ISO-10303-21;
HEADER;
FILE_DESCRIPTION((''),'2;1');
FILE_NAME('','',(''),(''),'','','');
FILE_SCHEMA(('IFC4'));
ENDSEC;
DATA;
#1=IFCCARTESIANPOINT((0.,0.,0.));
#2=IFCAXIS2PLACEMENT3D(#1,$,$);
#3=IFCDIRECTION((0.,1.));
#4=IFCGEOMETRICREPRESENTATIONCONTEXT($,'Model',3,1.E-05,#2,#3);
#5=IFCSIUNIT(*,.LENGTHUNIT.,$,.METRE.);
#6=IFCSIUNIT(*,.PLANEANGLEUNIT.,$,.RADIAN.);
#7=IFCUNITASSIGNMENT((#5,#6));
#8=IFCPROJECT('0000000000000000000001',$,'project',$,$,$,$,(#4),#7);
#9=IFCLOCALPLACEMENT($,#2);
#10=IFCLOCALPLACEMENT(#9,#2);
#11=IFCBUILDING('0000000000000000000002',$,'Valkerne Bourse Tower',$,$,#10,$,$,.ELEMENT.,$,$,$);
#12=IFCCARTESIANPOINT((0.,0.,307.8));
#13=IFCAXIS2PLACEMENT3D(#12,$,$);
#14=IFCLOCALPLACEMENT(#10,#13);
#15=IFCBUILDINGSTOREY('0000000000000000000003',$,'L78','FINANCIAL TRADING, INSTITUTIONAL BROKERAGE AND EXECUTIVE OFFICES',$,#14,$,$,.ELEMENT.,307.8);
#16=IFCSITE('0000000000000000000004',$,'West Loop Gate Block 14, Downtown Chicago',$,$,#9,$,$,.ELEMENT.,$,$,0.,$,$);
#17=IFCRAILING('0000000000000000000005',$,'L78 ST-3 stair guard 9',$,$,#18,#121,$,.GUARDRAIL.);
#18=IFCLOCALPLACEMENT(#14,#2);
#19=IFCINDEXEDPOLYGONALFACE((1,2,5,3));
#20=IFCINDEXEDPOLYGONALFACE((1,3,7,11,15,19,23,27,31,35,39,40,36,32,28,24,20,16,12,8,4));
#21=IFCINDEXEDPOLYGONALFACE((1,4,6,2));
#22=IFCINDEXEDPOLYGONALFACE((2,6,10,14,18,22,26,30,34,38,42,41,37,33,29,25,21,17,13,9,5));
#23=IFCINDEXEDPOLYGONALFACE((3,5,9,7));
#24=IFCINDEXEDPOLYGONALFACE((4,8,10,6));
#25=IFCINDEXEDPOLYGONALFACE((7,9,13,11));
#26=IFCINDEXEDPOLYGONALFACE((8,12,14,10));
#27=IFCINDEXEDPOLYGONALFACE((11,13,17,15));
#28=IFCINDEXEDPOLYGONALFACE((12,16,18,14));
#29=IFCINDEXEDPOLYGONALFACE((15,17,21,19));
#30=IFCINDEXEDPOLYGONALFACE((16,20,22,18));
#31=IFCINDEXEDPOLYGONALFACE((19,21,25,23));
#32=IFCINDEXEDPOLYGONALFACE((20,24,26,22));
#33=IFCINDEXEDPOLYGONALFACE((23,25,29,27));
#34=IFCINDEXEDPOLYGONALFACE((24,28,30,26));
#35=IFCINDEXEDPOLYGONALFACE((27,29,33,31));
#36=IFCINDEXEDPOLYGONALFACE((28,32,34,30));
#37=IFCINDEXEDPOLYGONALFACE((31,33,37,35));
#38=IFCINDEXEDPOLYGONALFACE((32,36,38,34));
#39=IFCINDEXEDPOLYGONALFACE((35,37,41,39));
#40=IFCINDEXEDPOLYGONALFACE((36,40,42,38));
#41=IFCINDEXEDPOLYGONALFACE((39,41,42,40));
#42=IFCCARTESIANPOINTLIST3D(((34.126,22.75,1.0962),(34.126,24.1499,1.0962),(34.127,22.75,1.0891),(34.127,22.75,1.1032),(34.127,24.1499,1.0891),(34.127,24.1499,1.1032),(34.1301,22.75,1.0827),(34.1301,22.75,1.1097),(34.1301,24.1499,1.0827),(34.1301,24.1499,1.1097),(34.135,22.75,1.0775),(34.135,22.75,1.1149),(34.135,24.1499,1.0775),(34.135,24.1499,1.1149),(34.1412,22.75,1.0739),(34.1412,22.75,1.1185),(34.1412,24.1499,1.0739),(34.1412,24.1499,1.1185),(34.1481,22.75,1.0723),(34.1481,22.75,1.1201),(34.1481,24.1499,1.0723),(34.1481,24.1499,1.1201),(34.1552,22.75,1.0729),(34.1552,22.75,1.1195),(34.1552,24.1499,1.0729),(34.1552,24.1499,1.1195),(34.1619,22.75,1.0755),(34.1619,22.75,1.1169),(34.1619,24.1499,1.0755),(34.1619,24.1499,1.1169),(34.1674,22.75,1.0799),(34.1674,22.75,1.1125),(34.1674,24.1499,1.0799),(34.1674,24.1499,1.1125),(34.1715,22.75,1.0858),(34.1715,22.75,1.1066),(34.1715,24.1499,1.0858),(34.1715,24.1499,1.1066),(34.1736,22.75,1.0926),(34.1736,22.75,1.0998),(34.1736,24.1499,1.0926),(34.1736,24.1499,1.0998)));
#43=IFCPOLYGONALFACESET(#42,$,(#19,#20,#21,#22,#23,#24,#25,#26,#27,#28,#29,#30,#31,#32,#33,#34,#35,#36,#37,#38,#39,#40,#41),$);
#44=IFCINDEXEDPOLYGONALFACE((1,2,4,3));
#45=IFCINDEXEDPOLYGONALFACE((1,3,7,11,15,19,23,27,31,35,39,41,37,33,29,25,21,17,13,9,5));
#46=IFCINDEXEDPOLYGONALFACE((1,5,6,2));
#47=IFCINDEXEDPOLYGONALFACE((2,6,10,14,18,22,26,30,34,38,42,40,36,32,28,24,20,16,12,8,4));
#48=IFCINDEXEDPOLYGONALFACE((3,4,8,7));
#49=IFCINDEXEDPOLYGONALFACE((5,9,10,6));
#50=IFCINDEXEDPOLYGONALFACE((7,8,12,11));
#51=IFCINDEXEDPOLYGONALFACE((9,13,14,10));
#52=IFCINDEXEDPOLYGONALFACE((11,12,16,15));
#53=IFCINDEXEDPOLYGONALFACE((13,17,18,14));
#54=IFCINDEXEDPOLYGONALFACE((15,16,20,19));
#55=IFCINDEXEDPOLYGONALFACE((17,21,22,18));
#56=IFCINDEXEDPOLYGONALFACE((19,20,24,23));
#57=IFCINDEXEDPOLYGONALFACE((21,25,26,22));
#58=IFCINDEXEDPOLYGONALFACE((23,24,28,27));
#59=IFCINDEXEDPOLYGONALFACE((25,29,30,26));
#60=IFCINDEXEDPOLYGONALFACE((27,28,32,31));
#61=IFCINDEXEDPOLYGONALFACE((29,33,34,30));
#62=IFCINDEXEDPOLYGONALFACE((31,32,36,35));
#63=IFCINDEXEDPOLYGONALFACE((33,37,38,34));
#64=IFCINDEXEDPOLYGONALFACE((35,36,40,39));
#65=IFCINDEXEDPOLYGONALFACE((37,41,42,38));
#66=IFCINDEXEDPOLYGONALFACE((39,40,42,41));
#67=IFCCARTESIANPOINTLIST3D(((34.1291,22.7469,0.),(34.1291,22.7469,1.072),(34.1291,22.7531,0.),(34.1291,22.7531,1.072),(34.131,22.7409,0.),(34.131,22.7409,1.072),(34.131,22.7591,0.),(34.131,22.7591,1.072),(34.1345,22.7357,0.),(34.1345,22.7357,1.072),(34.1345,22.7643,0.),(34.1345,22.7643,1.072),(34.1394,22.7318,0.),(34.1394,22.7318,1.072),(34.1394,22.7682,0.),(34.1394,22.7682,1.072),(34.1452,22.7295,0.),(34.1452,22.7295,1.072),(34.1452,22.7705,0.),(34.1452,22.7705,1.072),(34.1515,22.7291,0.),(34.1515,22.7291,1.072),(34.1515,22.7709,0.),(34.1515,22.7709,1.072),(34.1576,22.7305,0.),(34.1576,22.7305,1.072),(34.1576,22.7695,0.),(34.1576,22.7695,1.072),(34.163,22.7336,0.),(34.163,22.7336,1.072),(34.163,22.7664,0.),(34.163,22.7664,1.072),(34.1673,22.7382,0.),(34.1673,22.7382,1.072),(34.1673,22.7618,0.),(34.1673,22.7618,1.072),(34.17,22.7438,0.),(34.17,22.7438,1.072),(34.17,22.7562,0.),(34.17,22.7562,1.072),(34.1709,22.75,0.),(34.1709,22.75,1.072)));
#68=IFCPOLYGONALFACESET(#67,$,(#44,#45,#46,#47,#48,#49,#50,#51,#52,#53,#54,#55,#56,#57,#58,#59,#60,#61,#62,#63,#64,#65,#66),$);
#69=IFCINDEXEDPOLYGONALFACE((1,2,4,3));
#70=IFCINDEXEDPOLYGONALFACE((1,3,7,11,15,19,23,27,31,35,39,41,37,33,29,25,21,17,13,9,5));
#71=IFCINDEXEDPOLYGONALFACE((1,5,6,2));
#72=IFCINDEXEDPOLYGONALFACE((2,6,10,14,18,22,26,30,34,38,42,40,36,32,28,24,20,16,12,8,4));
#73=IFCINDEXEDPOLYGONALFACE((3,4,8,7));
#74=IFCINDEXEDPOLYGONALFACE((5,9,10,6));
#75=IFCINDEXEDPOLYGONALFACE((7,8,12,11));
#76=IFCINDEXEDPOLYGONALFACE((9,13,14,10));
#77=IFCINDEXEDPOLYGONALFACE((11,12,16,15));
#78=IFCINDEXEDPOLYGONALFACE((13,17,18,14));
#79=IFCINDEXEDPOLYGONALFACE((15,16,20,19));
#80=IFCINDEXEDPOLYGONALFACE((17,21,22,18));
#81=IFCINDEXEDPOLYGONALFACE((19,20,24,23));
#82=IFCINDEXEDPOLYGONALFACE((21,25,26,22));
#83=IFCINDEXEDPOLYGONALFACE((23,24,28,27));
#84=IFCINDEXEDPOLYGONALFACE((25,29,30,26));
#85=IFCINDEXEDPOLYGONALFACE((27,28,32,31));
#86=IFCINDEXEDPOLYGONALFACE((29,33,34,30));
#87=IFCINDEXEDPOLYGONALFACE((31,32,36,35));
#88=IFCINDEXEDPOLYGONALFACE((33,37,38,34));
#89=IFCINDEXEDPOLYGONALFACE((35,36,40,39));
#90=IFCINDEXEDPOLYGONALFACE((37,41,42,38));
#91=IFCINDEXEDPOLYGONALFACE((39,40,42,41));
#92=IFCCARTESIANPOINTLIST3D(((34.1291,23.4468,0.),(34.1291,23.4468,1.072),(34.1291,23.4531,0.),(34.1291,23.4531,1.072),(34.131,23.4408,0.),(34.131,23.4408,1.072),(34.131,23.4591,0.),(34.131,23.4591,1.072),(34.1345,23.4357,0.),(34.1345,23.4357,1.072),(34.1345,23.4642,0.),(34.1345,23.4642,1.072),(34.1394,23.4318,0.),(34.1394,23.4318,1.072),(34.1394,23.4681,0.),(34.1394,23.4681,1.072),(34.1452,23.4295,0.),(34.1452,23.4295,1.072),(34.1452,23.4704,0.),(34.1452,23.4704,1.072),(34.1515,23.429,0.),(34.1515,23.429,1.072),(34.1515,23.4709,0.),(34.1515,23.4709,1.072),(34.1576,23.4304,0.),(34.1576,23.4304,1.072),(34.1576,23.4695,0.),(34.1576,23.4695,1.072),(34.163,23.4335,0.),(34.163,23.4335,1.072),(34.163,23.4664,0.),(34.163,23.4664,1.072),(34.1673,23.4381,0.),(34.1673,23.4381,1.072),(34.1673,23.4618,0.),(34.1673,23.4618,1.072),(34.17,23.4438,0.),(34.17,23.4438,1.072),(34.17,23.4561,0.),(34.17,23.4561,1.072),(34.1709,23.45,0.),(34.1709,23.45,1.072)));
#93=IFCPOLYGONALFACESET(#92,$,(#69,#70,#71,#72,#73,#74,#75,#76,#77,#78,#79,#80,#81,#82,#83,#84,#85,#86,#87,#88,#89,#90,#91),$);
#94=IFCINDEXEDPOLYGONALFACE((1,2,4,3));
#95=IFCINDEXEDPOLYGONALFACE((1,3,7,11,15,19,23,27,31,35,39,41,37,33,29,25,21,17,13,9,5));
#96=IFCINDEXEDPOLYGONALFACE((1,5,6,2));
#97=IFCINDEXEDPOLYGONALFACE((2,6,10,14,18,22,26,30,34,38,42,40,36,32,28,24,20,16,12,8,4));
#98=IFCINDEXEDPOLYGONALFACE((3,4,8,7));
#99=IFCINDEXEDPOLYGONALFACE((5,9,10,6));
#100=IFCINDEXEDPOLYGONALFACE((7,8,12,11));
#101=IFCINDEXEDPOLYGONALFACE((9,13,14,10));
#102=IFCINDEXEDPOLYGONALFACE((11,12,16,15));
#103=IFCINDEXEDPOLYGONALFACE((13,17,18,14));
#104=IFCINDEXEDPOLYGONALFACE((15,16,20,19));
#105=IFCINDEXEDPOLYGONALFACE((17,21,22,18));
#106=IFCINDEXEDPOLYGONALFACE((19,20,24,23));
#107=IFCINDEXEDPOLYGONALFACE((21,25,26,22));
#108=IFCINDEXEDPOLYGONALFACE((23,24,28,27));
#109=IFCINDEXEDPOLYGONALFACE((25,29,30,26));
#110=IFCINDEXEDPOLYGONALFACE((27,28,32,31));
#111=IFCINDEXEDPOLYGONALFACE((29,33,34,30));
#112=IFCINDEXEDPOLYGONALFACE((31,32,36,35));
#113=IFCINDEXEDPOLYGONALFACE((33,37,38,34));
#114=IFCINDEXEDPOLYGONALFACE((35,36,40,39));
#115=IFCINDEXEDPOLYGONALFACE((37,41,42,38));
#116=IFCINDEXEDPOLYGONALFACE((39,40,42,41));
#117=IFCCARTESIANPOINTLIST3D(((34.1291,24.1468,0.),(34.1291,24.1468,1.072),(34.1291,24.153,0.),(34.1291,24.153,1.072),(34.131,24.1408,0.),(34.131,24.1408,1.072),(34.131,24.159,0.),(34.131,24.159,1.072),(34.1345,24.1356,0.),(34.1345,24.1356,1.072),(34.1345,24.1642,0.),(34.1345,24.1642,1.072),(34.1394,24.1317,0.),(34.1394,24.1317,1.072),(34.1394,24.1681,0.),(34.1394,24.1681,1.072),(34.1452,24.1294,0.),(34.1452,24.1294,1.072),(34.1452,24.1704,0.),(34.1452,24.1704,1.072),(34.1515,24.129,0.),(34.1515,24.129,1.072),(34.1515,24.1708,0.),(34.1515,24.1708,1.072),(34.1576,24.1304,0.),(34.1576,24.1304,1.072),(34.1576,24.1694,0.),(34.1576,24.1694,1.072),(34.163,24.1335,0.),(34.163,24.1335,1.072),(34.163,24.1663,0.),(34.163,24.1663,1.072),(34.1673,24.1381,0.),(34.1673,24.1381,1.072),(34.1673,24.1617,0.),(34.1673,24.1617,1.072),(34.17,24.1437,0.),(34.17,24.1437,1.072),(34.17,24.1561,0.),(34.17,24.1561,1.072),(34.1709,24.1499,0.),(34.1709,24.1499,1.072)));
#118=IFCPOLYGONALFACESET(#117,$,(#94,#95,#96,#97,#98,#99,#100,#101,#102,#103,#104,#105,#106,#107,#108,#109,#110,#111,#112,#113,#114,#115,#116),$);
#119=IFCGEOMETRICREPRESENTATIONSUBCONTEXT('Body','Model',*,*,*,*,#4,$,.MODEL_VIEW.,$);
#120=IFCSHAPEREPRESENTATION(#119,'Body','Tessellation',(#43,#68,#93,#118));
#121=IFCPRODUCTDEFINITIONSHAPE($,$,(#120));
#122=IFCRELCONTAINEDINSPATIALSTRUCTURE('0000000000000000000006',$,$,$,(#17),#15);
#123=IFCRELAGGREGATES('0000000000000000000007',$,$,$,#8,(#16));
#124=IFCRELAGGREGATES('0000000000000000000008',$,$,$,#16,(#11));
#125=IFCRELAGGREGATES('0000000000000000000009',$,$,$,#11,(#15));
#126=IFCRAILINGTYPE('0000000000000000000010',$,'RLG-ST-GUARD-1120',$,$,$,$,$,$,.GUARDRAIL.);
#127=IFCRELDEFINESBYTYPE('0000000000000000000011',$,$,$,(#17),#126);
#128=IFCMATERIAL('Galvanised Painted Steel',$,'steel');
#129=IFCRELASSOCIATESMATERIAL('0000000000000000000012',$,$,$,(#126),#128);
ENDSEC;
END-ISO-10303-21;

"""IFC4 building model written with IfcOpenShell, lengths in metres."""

from ifc_helpers import new_model, si_unit, direction, frame, origin, origin_2d, place, context, subcontext, project, spatial, circle, extrude, material, type_object, element, save


model = new_model("IFC4")

# Units and contexts
model_context = context("Model", 3, precision=1e-05, world=origin(), true_north=direction((0.0, 1.0)))
body_context = subcontext(model_context, "Body", "Model", "MODEL_VIEW")
ifc_project = project(units=[si_unit("LENGTHUNIT", "METRE"), si_unit("PLANEANGLEUNIT", "RADIAN")], contexts=[model_context])

# Site, building, storey
site_placement = place(None, origin())
site = spatial("IfcSite", under=ifc_project, at=site_placement, Name="West Loop Gate Block 14, Downtown Chicago", CompositionType="ELEMENT", RefElevation=0.0)
building_placement = place(site_placement, origin())
building = spatial("IfcBuilding", under=site, at=building_placement, Name="Valkerne Bourse Tower", CompositionType="ELEMENT")
storey_placement = place(building_placement, frame((0.0, 0.0, 307.8)))
storey = spatial("IfcBuildingStorey", under=building, at=storey_placement, Name="L78", Description="FINANCIAL TRADING, INSTITUTIONAL BROKERAGE AND EXECUTIVE OFFICES", CompositionType="ELEMENT", Elevation=307.8)

# Shared definitions
ifc_material_1 = material(Name="Galvanised Painted Steel", Category="steel")

# Railing
railing_type = type_object("IfcRailingType", Name="RLG-ST-GUARD-1120", PredefinedType="GUARDRAIL", material=ifc_material_1)
railing_1_placement = place(storey_placement, frame((34.1499, 22.75, 0.0)))
element("IfcRailing", 1, at=railing_1_placement, inside=storey, type_object=railing_type, Name="L78 ST-3 stair guard 9", PredefinedType="GUARDRAIL", context=body_context, shape_type="SweptSolid", body=[
    extrude(circle(Radius=0.0239, at=origin_2d()), frame((0.0, 0.0, 1.0962), z_axis=(0.0, 1.0, 0.0), x_axis=(-1.0, 0.0, 0.0)), (0.0, 0.0, 1.0), 1.3999),
    extrude(circle(Radius=0.021, at=origin_2d()), origin(), (0.0, 0.0, 1.0), 1.072),
    extrude(circle(Radius=0.021, at=origin_2d()), frame((0.0, 0.7, 0.0)), (0.0, 0.0, 1.0), 1.072),
    extrude(circle(Radius=0.021, at=origin_2d()), frame((0.0, 1.3999, 0.0)), (0.0, 0.0, 1.0), 1.072),
])

save(model, "model.ifc")
